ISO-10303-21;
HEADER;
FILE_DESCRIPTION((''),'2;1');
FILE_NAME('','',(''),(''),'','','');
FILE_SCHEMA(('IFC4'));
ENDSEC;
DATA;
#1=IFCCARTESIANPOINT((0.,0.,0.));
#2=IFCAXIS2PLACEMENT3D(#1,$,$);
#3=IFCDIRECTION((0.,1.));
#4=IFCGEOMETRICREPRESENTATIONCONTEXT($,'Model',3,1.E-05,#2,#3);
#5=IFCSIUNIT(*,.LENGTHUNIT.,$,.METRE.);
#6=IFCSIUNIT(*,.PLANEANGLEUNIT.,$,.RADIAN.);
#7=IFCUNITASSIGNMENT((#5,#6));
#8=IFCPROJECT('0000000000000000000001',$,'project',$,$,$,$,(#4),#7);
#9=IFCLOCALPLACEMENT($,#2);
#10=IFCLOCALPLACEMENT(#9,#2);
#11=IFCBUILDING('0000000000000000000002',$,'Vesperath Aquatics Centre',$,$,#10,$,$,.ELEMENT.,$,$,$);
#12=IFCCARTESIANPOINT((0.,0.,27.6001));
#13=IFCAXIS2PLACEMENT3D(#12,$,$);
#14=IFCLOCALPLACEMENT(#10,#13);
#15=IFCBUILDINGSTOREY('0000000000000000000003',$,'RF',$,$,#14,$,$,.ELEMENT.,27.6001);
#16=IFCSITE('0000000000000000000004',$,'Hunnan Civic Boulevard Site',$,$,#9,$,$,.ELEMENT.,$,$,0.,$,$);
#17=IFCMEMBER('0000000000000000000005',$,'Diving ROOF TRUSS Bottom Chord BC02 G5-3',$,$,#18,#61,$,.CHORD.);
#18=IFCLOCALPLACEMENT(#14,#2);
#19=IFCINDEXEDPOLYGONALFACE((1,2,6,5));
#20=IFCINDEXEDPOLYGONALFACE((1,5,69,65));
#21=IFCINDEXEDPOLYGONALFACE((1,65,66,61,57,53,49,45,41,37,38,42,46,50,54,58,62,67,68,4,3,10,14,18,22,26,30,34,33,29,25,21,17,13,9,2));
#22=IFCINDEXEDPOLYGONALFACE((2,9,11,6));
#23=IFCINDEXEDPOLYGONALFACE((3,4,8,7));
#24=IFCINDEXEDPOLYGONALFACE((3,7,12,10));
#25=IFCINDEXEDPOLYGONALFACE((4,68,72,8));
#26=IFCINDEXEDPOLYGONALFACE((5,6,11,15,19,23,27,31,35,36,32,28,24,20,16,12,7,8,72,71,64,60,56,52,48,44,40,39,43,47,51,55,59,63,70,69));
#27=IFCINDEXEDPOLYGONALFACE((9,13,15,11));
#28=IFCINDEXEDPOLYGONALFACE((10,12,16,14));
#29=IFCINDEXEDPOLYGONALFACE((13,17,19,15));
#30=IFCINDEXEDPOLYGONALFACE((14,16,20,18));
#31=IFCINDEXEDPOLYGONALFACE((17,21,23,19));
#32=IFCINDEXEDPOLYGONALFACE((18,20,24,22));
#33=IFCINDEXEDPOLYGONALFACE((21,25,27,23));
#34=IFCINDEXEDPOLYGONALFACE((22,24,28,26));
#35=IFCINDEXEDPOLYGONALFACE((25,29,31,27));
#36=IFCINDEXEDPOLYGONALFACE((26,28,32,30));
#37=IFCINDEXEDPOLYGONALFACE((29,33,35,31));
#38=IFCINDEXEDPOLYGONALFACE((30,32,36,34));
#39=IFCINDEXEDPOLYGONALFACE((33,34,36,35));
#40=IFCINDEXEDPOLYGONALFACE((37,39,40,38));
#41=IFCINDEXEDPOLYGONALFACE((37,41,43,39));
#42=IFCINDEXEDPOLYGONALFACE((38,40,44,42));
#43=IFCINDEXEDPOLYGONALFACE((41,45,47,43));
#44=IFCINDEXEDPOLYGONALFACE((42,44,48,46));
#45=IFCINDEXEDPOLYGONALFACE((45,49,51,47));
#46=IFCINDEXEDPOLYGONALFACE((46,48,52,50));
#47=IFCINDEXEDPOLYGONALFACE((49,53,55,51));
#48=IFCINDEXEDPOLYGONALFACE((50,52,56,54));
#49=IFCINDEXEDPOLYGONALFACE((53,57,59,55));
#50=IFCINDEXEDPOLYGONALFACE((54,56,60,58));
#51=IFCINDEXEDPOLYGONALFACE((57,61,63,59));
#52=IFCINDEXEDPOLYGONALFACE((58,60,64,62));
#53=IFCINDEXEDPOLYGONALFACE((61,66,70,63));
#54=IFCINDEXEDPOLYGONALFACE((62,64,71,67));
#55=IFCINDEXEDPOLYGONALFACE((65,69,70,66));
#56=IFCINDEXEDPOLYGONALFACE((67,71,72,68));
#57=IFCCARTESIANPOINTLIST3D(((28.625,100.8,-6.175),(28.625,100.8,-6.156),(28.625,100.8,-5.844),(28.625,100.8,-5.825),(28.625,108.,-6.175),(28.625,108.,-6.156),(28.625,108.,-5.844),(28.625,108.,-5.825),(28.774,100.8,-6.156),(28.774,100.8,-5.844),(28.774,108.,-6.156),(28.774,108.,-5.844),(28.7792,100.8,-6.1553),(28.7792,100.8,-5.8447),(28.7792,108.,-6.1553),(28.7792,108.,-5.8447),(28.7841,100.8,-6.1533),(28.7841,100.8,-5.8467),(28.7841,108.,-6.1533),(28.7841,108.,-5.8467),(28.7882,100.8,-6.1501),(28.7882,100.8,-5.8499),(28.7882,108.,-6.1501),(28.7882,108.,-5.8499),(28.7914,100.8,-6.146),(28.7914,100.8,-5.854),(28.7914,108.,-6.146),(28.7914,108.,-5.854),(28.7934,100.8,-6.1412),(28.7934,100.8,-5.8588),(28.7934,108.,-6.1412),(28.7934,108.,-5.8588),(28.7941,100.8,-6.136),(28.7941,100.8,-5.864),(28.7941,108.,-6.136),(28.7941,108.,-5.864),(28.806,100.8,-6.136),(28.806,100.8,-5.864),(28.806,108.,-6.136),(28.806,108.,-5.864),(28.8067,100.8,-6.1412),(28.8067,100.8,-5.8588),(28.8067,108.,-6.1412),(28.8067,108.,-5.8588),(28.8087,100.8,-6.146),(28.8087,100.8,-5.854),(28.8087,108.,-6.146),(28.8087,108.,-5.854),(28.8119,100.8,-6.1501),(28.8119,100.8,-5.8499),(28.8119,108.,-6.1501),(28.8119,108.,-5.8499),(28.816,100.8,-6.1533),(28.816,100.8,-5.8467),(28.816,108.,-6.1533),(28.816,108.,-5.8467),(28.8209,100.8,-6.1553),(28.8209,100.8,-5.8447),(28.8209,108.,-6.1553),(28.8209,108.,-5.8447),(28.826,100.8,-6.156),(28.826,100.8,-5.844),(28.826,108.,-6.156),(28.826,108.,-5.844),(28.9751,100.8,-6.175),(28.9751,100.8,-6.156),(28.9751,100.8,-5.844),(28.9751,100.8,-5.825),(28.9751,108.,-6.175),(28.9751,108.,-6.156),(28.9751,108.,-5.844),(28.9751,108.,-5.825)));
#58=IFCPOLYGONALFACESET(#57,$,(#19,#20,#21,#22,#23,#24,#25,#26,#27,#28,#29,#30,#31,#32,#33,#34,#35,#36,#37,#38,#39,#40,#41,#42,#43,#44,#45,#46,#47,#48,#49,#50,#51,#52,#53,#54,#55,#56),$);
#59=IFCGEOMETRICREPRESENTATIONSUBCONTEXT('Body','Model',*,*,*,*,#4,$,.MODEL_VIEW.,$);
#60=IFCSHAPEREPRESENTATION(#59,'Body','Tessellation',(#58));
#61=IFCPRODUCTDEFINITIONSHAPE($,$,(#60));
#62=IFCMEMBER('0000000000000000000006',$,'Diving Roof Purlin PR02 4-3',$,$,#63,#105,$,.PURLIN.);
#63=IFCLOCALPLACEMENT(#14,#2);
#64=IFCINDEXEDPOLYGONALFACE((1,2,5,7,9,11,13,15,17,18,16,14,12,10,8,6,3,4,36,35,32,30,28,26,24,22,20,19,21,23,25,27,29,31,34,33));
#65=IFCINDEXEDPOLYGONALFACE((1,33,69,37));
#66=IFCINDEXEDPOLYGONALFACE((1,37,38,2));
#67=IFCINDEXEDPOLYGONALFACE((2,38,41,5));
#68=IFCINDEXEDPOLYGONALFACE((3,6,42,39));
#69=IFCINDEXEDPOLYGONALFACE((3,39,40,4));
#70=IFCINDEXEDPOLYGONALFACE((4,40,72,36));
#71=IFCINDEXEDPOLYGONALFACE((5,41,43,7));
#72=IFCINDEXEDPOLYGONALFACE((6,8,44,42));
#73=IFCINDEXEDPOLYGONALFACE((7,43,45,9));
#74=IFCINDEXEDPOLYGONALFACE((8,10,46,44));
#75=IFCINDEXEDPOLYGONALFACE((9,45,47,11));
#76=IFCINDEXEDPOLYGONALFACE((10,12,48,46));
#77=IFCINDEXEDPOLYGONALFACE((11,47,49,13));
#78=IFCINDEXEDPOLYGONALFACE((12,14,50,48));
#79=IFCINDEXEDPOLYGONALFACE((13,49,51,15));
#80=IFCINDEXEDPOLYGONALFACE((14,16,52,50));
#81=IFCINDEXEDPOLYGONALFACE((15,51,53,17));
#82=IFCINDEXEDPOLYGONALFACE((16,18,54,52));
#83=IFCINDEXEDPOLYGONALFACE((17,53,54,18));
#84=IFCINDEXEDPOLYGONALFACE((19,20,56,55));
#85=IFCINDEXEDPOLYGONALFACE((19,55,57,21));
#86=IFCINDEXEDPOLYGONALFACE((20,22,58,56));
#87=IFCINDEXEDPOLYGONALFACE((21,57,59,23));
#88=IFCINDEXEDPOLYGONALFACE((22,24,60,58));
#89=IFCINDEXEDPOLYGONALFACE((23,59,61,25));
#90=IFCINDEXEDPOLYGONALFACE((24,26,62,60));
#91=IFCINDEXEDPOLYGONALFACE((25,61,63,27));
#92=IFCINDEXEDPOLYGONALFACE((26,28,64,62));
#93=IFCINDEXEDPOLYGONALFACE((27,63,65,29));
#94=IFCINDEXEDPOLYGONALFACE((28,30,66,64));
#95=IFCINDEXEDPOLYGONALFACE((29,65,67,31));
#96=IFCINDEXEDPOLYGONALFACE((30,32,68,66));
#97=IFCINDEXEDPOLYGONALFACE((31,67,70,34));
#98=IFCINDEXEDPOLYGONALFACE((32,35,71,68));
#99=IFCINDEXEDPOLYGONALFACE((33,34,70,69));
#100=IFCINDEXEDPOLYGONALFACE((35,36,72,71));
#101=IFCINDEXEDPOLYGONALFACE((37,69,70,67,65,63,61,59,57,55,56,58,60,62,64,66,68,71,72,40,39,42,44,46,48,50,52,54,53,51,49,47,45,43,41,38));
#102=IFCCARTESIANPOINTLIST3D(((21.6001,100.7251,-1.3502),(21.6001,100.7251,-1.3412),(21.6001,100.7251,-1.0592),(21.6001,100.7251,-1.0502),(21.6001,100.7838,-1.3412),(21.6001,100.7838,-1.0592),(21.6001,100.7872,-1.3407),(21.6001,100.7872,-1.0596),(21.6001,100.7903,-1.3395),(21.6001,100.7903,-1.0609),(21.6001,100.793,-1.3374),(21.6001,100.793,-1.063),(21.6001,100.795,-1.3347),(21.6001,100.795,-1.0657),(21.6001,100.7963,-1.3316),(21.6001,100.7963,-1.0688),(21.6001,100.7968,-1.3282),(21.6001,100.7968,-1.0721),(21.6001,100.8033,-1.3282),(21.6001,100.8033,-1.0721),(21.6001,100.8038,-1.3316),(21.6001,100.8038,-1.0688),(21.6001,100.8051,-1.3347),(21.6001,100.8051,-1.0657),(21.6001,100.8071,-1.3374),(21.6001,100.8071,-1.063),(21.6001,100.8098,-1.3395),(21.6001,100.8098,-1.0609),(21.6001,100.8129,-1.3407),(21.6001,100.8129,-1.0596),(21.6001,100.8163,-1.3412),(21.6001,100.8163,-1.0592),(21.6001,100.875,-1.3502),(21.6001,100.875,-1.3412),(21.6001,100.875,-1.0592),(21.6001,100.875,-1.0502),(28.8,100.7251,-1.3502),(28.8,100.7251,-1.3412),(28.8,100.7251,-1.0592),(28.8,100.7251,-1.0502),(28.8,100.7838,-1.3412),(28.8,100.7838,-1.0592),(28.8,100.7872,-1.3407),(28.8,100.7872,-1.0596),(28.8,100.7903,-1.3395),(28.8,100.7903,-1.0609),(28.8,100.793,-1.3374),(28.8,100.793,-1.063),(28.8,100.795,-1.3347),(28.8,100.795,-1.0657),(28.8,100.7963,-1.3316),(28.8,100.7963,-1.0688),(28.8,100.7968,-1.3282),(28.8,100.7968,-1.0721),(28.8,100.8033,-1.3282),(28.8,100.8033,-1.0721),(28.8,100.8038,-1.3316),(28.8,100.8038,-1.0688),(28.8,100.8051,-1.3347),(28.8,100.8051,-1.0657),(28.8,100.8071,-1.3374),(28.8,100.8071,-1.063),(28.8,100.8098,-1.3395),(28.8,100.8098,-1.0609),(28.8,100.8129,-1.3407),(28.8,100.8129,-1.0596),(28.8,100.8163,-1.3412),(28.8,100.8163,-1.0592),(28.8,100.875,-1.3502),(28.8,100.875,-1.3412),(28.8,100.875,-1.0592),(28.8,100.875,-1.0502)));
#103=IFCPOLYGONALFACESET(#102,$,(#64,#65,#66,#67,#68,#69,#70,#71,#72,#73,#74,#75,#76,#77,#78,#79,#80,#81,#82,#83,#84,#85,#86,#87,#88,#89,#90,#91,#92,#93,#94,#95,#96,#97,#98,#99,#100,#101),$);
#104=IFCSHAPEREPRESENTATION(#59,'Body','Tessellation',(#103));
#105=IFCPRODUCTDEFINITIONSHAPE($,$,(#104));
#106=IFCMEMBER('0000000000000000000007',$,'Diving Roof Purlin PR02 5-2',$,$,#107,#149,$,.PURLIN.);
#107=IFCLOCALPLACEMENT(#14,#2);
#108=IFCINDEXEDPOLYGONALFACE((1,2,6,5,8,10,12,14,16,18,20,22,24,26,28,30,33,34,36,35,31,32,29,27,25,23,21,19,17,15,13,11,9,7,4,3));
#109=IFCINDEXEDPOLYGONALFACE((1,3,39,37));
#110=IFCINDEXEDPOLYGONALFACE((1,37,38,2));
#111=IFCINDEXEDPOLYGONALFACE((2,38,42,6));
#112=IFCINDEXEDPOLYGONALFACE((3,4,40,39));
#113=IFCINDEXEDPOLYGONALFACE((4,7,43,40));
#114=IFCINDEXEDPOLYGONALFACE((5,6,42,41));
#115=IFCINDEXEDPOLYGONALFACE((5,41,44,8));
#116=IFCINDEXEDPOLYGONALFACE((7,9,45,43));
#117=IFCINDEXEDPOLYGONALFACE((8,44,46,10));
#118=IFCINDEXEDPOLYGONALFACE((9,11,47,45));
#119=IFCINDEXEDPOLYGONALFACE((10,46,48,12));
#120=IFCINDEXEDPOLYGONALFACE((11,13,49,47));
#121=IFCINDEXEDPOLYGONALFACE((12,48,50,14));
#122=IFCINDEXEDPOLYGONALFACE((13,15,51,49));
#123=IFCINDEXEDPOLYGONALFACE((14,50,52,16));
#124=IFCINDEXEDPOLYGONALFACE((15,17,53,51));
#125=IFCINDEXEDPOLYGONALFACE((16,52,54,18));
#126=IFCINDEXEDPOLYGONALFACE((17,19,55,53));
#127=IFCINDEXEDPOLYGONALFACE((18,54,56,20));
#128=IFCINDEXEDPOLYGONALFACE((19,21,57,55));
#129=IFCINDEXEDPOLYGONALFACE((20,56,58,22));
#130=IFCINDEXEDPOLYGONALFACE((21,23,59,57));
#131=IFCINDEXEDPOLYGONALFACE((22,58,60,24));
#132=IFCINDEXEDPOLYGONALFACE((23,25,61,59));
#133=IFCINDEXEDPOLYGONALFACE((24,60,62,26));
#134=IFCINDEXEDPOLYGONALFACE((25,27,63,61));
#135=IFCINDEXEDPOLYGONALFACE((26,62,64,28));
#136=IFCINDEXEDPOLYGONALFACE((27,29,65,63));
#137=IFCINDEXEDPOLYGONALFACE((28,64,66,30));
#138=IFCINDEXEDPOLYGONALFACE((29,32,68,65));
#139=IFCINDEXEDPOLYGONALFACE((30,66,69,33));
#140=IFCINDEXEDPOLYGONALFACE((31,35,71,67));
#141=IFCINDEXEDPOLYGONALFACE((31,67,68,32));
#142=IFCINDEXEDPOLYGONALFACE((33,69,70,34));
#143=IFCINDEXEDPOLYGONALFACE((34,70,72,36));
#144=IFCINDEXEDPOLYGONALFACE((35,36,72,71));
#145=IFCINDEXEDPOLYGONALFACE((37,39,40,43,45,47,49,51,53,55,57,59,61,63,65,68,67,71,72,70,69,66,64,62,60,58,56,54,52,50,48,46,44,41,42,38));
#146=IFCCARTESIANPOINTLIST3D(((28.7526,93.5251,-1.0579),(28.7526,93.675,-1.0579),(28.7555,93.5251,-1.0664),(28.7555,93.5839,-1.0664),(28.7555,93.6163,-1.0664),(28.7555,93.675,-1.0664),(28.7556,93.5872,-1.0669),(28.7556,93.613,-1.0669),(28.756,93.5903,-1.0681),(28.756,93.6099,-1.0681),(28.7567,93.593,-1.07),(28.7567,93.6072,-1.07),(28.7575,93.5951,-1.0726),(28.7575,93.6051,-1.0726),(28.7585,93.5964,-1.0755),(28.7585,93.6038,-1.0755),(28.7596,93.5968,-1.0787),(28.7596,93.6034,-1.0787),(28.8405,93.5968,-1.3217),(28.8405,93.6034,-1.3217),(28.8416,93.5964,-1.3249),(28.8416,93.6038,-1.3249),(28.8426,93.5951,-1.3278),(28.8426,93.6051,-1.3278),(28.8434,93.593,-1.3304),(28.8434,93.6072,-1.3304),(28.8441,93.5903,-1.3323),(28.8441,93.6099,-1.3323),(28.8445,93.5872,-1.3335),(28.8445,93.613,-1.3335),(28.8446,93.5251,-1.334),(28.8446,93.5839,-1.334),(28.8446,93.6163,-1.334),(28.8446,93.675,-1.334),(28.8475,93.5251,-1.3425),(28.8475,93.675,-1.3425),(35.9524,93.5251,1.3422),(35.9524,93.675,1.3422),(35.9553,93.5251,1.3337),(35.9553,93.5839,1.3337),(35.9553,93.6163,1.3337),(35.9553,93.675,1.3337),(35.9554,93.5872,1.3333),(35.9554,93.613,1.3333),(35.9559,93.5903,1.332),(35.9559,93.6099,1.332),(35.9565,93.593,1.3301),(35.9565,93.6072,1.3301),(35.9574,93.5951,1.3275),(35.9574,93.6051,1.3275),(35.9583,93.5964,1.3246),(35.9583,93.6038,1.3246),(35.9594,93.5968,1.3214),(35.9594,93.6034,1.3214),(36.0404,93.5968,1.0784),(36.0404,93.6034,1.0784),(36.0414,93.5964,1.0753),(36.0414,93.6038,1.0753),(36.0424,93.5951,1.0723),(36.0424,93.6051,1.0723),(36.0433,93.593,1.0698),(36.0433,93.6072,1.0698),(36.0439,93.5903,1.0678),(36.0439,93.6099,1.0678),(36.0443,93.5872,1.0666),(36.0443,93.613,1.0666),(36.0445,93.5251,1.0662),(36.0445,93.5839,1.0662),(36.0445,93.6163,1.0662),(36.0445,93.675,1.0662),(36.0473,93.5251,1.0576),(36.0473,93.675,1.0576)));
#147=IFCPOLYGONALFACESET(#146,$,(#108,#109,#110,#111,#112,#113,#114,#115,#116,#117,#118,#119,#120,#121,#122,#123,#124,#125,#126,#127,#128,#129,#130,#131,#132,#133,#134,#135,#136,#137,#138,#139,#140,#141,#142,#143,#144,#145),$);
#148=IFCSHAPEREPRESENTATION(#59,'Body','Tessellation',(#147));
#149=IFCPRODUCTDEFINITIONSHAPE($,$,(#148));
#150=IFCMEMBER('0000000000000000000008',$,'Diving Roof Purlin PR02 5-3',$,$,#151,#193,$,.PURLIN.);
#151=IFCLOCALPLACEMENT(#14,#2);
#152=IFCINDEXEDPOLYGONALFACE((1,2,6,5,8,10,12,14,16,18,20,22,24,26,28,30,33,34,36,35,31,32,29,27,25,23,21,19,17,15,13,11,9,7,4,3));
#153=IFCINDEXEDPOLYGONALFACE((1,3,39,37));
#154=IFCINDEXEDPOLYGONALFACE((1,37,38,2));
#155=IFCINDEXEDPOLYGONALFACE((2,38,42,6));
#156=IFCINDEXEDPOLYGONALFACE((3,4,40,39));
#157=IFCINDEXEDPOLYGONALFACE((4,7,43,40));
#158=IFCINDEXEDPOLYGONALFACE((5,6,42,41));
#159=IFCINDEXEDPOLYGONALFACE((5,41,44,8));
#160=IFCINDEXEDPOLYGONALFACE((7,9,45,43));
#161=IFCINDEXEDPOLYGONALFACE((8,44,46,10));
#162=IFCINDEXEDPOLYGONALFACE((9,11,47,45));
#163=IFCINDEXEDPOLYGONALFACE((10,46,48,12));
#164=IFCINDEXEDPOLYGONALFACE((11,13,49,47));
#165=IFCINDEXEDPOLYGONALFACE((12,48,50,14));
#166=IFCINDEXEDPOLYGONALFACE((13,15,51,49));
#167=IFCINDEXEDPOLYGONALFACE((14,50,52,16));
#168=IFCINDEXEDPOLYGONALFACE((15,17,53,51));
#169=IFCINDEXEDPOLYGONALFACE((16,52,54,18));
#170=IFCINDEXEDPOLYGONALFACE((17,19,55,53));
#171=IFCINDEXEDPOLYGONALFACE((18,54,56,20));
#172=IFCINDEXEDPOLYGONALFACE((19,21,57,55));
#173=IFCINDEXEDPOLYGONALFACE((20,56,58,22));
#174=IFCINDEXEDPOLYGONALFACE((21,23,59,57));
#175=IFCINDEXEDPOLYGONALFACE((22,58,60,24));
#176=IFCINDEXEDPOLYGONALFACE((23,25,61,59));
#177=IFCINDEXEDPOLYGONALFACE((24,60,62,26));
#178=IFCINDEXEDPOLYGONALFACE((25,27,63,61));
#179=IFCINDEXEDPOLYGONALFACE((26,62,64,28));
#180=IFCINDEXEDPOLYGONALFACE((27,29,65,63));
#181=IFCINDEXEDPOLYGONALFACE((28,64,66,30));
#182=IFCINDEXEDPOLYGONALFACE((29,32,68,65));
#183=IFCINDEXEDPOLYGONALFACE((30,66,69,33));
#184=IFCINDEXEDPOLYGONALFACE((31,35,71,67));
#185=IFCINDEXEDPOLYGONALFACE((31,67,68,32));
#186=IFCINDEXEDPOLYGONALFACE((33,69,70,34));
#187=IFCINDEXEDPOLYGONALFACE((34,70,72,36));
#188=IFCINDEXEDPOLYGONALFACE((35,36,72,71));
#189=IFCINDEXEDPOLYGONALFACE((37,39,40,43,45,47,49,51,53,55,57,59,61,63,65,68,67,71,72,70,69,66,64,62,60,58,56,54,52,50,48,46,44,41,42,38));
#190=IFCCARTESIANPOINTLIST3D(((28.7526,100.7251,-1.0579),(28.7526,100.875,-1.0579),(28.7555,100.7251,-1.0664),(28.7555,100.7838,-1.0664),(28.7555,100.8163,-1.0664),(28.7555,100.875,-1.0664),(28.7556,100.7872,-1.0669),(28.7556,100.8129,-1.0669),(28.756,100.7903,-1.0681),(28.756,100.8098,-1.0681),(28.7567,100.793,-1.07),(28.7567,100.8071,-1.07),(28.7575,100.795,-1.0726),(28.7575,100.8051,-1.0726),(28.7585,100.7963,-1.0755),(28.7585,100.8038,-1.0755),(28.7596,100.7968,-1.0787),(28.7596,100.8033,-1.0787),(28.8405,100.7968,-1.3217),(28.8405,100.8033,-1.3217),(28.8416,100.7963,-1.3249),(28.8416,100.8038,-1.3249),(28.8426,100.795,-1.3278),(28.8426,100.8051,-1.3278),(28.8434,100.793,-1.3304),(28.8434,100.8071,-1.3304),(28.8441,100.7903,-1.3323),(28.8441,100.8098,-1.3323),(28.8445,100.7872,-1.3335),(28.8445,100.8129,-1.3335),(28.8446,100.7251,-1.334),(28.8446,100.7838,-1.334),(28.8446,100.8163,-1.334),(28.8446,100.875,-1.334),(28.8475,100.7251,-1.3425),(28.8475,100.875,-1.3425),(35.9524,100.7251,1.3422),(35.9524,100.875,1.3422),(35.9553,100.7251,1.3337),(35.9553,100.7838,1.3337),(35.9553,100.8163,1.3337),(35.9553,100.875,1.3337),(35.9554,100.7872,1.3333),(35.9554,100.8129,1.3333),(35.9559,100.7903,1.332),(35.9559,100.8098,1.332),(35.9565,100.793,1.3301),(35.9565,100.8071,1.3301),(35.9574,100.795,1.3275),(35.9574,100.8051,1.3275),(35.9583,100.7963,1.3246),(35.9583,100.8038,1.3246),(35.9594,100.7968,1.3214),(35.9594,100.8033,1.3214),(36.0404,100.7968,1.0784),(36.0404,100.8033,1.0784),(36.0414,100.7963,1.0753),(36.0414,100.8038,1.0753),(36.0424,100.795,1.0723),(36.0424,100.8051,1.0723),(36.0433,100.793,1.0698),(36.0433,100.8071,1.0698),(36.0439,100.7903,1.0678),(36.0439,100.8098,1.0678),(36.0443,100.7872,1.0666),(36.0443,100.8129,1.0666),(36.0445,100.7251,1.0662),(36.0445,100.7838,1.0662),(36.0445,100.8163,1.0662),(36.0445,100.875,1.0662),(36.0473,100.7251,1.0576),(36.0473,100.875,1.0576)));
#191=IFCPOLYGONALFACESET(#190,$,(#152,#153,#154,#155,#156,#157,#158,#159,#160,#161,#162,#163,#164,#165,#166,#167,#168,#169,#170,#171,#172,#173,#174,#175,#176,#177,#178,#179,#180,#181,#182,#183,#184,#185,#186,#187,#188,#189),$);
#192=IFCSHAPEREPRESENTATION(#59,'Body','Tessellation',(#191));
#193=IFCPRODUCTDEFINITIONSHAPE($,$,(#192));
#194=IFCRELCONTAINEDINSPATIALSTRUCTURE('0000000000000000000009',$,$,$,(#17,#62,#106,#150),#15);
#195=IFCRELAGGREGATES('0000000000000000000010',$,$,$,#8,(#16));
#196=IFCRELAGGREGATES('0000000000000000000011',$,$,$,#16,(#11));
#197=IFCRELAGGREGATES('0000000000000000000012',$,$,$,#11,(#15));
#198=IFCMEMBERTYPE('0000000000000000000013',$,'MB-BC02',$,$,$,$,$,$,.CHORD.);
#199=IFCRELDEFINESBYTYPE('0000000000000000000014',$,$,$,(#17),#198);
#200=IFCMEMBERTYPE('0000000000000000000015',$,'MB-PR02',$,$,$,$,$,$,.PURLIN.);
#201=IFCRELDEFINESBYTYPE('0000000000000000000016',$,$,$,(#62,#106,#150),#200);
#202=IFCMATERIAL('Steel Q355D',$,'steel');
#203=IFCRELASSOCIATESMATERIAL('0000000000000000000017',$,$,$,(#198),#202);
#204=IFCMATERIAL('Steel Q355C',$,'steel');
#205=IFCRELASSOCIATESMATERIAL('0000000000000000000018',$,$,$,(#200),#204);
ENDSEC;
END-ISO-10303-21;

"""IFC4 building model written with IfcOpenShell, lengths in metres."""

from ifc_helpers import new_model, si_unit, direction, frame, origin, origin_2d, place, context, subcontext, project, spatial, i_section, extrude, material, material_profile, profile_set, type_object, element, save


model = new_model("IFC4")

# Units and contexts
model_context = context("Model", 3, precision=1e-05, world=origin(), true_north=direction((0.0, 1.0)))
body_context = subcontext(model_context, "Body", "Model", "MODEL_VIEW")
ifc_project = project(units=[si_unit("LENGTHUNIT", "METRE"), si_unit("PLANEANGLEUNIT", "RADIAN")], contexts=[model_context])

# Site, building, storey
site_placement = place(None, origin())
site = spatial("IfcSite", under=ifc_project, at=site_placement, Name="Hunnan Civic Boulevard Site", CompositionType="ELEMENT", RefElevation=0.0)
building_placement = place(site_placement, origin())
building = spatial("IfcBuilding", under=site, at=building_placement, Name="Vesperath Aquatics Centre", CompositionType="ELEMENT")
storey_placement = place(building_placement, frame((0.0, 0.0, 27.6001)))
storey = spatial("IfcBuildingStorey", under=building, at=storey_placement, Name="RF", CompositionType="ELEMENT", Elevation=27.6001)

# Shared definitions
ifc_material_1 = material(Name="Steel Q355C", Category="steel")

# Members
ifc_material_2 = material(Name="Steel Q355D", Category="steel")
ifc_material_profile_1 = material_profile(ifc_material_2, i_section(OverallWidth=0.3501, OverallDepth=0.3501, WebThickness=0.012, FlangeThickness=0.019, FilletRadius=0.02, at=origin_2d()), Name="HW 350x350x12x19")
ifc_profile_set_1 = profile_set([ifc_material_profile_1], Name="Steel Q355D")
member_type_1 = type_object("IfcMemberType", Name="MB-BC02", PredefinedType="CHORD", material=ifc_profile_set_1)
for number, where, z_axis, x_axis, name in (
    (1, (28.8, 100.8, -6.0), (0.0, 1.0, 0.0), (-1.0, 0.0, 0.0), "Diving ROOF TRUSS Bottom Chord BC02 G5-3"),
):
    element("IfcMember", number, at=place(storey_placement, frame(where, z_axis=z_axis, x_axis=x_axis)), inside=storey, type_object=member_type_1, Name=name, PredefinedType="CHORD", context=body_context, shape_type="SweptSolid", body=[
        extrude(i_section(OverallWidth=0.3501, OverallDepth=0.3501, WebThickness=0.012, FlangeThickness=0.019, FilletRadius=0.02, at=origin_2d()), origin(), (0.0, 0.0, 1.0), 7.2),
    ])
ifc_material_profile_2 = material_profile(ifc_material_1, i_section(OverallWidth=0.1499, OverallDepth=0.3, WebThickness=0.0066, FlangeThickness=0.009, FilletRadius=0.0129, at=origin_2d()), Name="HN 300x150x6.5x9")
ifc_profile_set_2 = profile_set([ifc_material_profile_2], Name="Steel Q355C")
member_type_2 = type_object("IfcMemberType", Name="MB-PR02", PredefinedType="PURLIN", material=ifc_profile_set_2)
member_placement = place(storey_placement, frame((21.6001, 100.8, -1.2002), z_axis=(1.0, 0.0, 0.0), x_axis=(0.0, 1.0, 0.0)))
element("IfcMember", 2, at=member_placement, inside=storey, type_object=member_type_2, Name="Diving Roof Purlin PR02 4-3", PredefinedType="PURLIN", context=body_context, shape_type="SweptSolid", body=[
    extrude(i_section(OverallWidth=0.1499, OverallDepth=0.3, WebThickness=0.0066, FlangeThickness=0.009, FilletRadius=0.0129, at=origin_2d()), origin(), (0.0, 0.0, 1.0), 7.2),
])
for number, where, z_axis, x_axis, name in (
    (3, (28.8, 93.6001, -1.2002), (0.948677, 0.0, 0.316247), (0.0, 1.0, 0.0), "Diving Roof Purlin PR02 5-2"),
    (4, (28.8, 100.8, -1.2002), (0.948677, 0.0, 0.316247), (0.0, 1.0, 0.0), "Diving Roof Purlin PR02 5-3"),
):
    element("IfcMember", number, at=place(storey_placement, frame(where, z_axis=z_axis, x_axis=x_axis)), inside=storey, type_object=member_type_2, Name=name, PredefinedType="PURLIN", context=body_context, shape_type="SweptSolid", body=[
        extrude(i_section(OverallWidth=0.1499, OverallDepth=0.3, WebThickness=0.0066, FlangeThickness=0.009, FilletRadius=0.0129, at=origin_2d()), origin(), (0.0, 0.0, 1.0), 7.5894),
    ])

save(model, "model.ifc")
